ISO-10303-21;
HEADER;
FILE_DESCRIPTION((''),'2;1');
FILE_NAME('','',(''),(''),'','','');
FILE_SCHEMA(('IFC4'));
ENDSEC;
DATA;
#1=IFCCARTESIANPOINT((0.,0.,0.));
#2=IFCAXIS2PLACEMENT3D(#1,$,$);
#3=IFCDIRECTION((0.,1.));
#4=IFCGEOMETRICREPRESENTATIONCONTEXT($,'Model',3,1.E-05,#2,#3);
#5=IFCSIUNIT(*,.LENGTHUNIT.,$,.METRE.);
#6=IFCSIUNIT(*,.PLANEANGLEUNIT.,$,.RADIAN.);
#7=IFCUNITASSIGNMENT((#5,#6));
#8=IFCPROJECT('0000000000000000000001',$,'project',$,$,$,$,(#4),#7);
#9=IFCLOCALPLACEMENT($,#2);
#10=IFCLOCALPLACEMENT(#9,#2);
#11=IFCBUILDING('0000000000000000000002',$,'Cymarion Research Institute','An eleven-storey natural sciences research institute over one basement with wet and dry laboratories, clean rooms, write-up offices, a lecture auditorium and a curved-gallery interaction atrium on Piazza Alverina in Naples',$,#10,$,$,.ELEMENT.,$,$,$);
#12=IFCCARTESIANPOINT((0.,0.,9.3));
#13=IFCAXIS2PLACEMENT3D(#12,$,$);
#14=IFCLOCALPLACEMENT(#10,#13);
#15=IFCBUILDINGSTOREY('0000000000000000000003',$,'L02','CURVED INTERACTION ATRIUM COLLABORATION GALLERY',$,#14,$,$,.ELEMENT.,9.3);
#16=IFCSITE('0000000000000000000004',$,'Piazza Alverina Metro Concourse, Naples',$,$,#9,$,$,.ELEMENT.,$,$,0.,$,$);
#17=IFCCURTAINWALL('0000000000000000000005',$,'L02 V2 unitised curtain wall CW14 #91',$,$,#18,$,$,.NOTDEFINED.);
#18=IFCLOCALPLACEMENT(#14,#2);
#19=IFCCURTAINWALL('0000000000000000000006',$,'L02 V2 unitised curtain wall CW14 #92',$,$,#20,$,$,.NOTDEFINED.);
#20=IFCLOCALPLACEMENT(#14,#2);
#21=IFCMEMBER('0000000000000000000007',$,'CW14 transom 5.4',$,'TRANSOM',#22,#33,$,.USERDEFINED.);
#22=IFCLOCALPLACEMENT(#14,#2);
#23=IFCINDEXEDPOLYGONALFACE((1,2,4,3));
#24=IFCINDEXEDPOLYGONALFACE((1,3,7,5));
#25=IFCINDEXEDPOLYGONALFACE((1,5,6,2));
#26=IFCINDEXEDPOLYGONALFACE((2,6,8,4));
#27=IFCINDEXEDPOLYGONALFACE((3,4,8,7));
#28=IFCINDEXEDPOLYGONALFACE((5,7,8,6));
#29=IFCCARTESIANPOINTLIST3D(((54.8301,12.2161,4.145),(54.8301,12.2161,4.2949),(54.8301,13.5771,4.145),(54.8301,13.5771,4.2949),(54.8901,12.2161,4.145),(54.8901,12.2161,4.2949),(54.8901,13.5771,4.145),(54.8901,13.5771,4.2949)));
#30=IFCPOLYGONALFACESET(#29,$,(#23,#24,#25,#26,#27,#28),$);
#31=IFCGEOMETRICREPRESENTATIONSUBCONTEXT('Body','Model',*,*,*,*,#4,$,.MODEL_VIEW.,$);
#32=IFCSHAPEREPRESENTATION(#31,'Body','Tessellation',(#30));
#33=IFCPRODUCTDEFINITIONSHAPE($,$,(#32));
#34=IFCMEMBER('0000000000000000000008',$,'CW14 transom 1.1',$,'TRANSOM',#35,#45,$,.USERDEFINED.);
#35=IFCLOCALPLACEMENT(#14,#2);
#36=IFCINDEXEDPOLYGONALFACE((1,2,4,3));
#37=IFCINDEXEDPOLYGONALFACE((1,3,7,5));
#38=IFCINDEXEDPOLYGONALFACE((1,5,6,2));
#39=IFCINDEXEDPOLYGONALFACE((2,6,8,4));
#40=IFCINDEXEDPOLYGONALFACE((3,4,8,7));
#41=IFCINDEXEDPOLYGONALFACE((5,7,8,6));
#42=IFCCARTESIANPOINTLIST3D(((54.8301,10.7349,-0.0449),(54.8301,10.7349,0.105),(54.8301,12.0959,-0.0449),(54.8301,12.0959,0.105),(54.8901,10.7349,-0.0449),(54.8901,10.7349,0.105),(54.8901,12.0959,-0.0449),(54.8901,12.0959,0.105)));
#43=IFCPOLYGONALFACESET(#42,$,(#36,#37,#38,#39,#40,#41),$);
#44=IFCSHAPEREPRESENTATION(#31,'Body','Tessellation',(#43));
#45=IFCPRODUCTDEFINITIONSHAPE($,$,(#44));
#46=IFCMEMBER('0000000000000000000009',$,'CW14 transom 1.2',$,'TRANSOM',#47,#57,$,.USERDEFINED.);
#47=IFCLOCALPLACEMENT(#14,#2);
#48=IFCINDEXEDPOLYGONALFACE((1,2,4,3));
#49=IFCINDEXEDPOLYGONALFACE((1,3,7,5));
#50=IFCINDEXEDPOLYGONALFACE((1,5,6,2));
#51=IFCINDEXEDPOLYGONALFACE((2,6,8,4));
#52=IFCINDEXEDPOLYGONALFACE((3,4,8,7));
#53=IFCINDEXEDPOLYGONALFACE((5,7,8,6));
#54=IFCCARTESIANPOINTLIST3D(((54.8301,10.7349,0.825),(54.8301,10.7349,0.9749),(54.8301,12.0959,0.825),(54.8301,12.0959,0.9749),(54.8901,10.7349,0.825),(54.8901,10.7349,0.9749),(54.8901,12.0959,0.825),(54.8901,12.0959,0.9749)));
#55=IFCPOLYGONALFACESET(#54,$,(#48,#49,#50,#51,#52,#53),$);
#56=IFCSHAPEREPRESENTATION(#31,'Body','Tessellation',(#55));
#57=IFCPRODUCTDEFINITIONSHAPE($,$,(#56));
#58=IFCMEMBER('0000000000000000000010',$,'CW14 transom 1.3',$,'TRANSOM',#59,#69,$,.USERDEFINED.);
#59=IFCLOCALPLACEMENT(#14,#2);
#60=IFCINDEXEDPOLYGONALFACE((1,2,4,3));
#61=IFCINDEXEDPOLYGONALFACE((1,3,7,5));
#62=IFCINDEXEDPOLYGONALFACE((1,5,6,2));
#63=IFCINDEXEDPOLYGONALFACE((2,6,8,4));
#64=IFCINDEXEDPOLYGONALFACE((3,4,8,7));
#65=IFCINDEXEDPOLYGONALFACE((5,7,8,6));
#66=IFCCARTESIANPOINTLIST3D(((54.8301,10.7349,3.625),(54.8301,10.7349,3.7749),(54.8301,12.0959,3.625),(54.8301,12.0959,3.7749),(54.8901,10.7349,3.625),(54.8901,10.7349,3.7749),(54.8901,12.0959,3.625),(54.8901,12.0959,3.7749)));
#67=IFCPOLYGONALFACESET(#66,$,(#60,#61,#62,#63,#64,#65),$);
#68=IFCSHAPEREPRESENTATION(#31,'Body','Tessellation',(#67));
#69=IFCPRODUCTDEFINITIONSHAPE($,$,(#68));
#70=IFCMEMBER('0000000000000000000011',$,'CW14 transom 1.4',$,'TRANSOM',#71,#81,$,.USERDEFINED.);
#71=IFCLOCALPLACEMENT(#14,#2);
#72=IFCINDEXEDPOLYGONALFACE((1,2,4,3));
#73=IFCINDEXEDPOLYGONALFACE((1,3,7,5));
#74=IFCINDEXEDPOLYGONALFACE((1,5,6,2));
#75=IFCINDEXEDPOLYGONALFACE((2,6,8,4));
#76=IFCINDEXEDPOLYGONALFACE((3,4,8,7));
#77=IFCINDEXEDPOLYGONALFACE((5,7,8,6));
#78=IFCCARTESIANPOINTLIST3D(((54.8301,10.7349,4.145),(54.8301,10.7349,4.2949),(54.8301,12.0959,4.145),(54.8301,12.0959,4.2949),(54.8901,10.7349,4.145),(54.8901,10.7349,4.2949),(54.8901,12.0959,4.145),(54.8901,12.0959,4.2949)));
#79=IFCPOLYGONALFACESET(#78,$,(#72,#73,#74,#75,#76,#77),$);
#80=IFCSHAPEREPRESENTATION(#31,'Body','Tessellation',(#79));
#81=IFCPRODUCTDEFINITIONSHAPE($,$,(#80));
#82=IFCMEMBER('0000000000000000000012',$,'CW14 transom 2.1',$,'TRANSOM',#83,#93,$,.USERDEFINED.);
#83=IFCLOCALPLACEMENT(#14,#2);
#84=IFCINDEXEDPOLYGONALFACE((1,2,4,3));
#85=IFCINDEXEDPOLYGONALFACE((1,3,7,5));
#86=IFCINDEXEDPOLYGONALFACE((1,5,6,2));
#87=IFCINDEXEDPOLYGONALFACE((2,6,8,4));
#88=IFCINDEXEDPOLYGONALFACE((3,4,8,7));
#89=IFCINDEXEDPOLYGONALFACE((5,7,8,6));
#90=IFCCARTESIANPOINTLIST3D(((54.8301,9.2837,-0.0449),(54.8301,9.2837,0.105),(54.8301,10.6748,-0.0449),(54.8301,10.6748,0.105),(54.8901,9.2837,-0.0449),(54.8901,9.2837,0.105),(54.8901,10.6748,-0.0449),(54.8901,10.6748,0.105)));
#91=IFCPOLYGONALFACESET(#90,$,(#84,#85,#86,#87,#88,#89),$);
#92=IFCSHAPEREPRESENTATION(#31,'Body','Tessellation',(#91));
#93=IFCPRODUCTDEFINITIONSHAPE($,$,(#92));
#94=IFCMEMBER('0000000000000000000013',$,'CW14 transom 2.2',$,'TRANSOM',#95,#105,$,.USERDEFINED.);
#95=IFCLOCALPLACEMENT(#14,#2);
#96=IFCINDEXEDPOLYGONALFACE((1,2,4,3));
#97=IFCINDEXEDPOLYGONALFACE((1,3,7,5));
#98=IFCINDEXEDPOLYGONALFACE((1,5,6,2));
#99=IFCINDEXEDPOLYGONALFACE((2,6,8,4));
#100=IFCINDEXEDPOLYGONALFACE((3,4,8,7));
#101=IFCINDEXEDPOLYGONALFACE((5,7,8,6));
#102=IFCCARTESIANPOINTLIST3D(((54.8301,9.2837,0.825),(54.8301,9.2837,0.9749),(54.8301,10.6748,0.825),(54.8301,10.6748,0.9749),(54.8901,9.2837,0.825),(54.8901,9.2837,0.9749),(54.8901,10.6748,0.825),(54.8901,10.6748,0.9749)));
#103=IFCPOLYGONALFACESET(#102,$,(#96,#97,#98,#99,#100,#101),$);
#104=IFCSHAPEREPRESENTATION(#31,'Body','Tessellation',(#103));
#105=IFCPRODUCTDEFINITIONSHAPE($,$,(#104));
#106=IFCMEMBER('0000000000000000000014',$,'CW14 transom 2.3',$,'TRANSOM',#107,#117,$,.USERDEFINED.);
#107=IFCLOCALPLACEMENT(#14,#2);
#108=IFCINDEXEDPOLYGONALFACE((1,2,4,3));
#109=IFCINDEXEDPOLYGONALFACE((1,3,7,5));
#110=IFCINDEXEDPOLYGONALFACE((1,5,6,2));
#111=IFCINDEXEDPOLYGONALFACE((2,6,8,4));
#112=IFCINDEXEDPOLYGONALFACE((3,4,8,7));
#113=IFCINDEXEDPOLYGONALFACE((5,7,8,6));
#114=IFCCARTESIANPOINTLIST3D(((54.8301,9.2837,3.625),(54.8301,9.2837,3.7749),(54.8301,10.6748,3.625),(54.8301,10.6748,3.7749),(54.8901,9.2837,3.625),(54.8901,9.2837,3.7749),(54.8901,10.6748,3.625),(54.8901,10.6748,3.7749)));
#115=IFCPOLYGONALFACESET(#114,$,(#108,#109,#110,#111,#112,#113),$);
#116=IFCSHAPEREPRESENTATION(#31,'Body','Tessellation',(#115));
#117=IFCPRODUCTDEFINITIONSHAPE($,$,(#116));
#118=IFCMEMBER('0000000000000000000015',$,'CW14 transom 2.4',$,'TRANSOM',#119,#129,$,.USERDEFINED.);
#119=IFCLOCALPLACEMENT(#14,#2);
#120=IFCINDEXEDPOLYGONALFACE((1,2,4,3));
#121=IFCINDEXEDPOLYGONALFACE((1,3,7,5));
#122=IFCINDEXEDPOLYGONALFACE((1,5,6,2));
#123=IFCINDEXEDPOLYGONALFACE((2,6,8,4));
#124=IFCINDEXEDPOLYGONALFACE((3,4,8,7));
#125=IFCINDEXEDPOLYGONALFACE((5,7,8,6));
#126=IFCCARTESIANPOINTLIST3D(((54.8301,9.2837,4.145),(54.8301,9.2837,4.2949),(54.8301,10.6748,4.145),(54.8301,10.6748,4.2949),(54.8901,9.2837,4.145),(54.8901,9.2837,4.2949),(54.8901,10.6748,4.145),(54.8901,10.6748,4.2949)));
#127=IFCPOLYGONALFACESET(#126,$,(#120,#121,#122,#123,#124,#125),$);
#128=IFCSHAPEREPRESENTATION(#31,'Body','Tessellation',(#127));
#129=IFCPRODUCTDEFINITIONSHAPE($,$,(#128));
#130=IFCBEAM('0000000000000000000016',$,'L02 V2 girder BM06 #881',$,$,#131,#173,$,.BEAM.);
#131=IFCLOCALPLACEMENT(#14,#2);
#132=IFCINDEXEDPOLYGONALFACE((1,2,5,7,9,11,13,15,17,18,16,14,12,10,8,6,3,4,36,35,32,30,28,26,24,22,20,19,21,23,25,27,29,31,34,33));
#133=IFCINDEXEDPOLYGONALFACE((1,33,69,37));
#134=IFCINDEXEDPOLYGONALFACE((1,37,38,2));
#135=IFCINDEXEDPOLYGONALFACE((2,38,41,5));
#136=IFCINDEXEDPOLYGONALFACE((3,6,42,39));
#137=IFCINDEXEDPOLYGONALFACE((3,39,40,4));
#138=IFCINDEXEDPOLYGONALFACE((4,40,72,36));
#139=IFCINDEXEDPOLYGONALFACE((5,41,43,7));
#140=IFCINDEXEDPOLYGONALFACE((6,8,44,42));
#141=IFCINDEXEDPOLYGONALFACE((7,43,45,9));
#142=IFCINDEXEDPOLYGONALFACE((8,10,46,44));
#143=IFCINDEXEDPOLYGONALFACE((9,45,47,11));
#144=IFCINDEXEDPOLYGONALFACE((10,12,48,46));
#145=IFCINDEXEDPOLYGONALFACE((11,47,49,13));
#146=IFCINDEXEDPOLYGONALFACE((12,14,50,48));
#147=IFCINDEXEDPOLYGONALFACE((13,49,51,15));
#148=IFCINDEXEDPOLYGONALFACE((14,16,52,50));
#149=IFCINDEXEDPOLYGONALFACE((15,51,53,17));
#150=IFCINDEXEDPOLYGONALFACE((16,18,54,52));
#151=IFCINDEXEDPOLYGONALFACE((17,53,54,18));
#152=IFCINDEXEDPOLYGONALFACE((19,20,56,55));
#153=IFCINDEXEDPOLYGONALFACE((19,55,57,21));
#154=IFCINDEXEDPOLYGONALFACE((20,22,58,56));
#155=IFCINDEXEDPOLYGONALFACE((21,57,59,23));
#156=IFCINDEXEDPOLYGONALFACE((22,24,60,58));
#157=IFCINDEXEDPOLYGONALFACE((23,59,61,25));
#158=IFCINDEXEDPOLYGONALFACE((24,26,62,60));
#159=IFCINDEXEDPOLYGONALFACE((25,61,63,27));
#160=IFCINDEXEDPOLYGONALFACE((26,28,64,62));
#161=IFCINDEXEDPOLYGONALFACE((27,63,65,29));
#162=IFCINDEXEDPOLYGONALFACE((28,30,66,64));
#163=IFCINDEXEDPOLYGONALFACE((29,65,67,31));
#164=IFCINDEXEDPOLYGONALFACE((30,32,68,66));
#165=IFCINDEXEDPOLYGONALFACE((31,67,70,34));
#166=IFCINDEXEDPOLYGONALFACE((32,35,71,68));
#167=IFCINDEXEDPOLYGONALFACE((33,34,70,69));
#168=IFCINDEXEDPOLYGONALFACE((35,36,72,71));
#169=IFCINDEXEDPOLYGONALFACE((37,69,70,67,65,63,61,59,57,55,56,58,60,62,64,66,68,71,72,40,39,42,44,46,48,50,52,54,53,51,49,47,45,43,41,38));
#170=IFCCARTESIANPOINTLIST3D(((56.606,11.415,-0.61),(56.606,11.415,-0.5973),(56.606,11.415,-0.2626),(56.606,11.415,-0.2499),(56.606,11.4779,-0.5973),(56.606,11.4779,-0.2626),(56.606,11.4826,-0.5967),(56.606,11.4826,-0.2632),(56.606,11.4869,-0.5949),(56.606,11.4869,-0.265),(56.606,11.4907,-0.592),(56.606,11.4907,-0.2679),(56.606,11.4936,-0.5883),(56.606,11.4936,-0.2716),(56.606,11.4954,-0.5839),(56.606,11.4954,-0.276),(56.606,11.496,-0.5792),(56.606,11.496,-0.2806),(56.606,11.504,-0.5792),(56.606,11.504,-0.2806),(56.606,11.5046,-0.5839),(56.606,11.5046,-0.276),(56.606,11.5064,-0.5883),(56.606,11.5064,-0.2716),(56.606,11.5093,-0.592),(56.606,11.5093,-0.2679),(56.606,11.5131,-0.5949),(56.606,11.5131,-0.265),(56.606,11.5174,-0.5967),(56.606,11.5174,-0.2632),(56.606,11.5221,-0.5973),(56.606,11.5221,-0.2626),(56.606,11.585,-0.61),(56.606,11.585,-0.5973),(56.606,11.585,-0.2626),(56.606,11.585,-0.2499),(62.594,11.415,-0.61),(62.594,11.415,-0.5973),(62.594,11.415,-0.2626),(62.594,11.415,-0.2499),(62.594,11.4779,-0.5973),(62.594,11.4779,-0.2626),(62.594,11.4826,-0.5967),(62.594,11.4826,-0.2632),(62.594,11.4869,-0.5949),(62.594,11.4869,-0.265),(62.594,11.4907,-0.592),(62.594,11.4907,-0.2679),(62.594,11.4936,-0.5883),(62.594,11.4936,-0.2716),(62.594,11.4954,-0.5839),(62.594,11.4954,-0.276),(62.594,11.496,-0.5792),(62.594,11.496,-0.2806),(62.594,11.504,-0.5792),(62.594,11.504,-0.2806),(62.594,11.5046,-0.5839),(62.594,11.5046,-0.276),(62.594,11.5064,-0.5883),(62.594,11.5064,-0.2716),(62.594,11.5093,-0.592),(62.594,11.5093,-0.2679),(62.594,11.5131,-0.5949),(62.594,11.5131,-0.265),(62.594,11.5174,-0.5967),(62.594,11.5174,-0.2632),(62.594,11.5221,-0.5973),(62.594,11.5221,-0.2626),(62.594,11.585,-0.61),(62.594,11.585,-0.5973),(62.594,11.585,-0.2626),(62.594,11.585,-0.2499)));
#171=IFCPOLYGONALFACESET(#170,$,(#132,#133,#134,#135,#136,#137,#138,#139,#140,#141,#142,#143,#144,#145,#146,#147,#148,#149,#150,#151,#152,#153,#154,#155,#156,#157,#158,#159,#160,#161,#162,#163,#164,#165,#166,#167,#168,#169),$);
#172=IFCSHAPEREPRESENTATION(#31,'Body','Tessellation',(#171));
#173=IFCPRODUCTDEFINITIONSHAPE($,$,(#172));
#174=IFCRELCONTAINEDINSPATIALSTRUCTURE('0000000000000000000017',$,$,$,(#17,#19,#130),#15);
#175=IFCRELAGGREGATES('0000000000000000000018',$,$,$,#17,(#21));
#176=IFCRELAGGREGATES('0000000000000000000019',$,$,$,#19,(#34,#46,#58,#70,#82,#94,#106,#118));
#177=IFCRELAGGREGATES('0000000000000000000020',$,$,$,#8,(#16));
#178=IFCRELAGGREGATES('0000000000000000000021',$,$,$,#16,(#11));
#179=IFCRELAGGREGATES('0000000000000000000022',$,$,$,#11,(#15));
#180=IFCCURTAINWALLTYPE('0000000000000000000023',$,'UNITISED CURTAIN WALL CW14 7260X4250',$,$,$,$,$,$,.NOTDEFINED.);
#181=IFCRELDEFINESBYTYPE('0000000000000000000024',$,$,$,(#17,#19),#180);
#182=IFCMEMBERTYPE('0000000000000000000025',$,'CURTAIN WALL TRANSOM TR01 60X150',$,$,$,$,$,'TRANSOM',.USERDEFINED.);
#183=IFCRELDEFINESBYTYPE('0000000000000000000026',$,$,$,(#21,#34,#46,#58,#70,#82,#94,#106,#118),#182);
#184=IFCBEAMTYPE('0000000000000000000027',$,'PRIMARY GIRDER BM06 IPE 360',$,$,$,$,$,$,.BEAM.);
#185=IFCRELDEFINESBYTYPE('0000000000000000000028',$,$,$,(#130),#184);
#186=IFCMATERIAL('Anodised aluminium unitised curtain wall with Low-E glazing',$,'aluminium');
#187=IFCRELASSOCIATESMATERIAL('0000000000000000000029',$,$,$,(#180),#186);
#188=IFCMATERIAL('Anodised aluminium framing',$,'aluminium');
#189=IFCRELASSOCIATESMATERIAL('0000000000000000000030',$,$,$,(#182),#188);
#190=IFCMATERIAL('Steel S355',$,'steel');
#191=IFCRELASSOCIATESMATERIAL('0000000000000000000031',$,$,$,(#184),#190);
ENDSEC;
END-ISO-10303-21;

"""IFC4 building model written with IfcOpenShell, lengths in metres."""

from ifc_helpers import new_model, si_unit, direction, frame, origin, origin_2d, place, context, subcontext, project, spatial, rectangle, i_section, extrude, material, material_profile, profile_set, type_object, element, aggregate, save


model = new_model("IFC4")

# Units and contexts
model_context = context("Model", 3, precision=1e-05, world=origin(), true_north=direction((0.0, 1.0)))
body_context = subcontext(model_context, "Body", "Model", "MODEL_VIEW")
ifc_project = project(units=[si_unit("LENGTHUNIT", "METRE"), si_unit("PLANEANGLEUNIT", "RADIAN")], contexts=[model_context])

# Site, building, storey
site_placement = place(None, origin())
site = spatial("IfcSite", under=ifc_project, at=site_placement, Name="Piazza Alverina Metro Concourse, Naples", CompositionType="ELEMENT", RefElevation=0.0)
building_placement = place(site_placement, origin())
building = spatial("IfcBuilding", under=site, at=building_placement, Name="Cymarion Research Institute", Description="An eleven-storey natural sciences research institute over one basement with wet and dry laboratories, clean rooms, write-up offices, a lecture auditorium and a curved-gallery interaction atrium on Piazza Alverina in Naples", CompositionType="ELEMENT")
storey_placement = place(building_placement, frame((0.0, 0.0, 9.3)))
storey = spatial("IfcBuildingStorey", under=building, at=storey_placement, Name="L02", Description="CURVED INTERACTION ATRIUM COLLABORATION GALLERY", CompositionType="ELEMENT", Elevation=9.3)

# Shared definitions
ifc_material_1 = material(Name="Steel S355", Category="steel")

# Curtain walls
ifc_material_2 = material(Name="Anodised aluminium unitised curtain wall with Low-E glazing", Category="aluminium")
curtain_wall_type = type_object("IfcCurtainWallType", Name="UNITISED CURTAIN WALL CW14 7260X4250", PredefinedType="NOTDEFINED", material=ifc_material_2)
curtain_wall_1_placement = place(storey_placement, origin())
curtain_wall_1 = element("IfcCurtainWall", 1, at=curtain_wall_1_placement, inside=storey, type_object=curtain_wall_type, Name="L02 V2 unitised curtain wall CW14 #91", PredefinedType="NOTDEFINED")
ifc_material_3 = material(Name="Anodised aluminium framing", Category="aluminium")
curtain_wall_2_placement = place(storey_placement, origin())
curtain_wall_2 = element("IfcCurtainWall", 2, at=curtain_wall_2_placement, inside=storey, type_object=curtain_wall_type, Name="L02 V2 unitised curtain wall CW14 #92", PredefinedType="NOTDEFINED")

# Members
ifc_material_profile_1 = material_profile(ifc_material_3, rectangle(XDim=0.0601, YDim=0.1499, at=origin_2d()), Name="ALU TRANSOM 60x150")
ifc_profile_set_1 = profile_set([ifc_material_profile_1], Name="Anodised aluminium framing")
member_type_1 = type_object("IfcMemberType", Name="CURTAIN WALL TRANSOM TR01 60X150", ElementType="TRANSOM", PredefinedType="USERDEFINED", material=ifc_profile_set_1)
member_1_placement = place(storey_placement, frame((54.8601, 13.5771, 4.22), z_axis=(0.0, -1.0, 0.0), x_axis=(1.0, 0.0, 0.0)))
member_1 = element("IfcMember", 3, at=member_1_placement, type_object=member_type_1, Name="CW14 transom 5.4", ObjectType="TRANSOM", PredefinedType="USERDEFINED", context=body_context, shape_type="SweptSolid", body=[
    extrude(rectangle(XDim=0.0601, YDim=0.1499, at=origin_2d()), origin(), (0.0, 0.0, 1.0), 1.3611),
])
member_2_placement = place(storey_placement, frame((54.8601, 12.0959, 0.03), z_axis=(0.0, -1.0, 0.0), x_axis=(1.0, 0.0, 0.0)))
member_2 = element("IfcMember", 4, at=member_2_placement, type_object=member_type_1, Name="CW14 transom 1.1", ObjectType="TRANSOM", PredefinedType="USERDEFINED", context=body_context, shape_type="SweptSolid", body=[
    extrude(rectangle(XDim=0.0601, YDim=0.1499, at=origin_2d()), origin(), (0.0, 0.0, 1.0), 1.3611),
])
member_3_placement = place(storey_placement, frame((54.8601, 12.0959, 0.8999), z_axis=(0.0, -1.0, 0.0), x_axis=(1.0, 0.0, 0.0)))
member_3 = element("IfcMember", 5, at=member_3_placement, type_object=member_type_1, Name="CW14 transom 1.2", ObjectType="TRANSOM", PredefinedType="USERDEFINED", context=body_context, shape_type="SweptSolid", body=[
    extrude(rectangle(XDim=0.0601, YDim=0.1499, at=origin_2d()), origin(), (0.0, 0.0, 1.0), 1.3611),
])
member_4_placement = place(storey_placement, frame((54.8601, 12.0959, 3.7), z_axis=(0.0, -1.0, 0.0), x_axis=(1.0, 0.0, 0.0)))
member_4 = element("IfcMember", 6, at=member_4_placement, type_object=member_type_1, Name="CW14 transom 1.3", ObjectType="TRANSOM", PredefinedType="USERDEFINED", context=body_context, shape_type="SweptSolid", body=[
    extrude(rectangle(XDim=0.0601, YDim=0.1499, at=origin_2d()), origin(), (0.0, 0.0, 1.0), 1.3611),
])
member_5_placement = place(storey_placement, frame((54.8601, 12.0959, 4.22), z_axis=(0.0, -1.0, 0.0), x_axis=(1.0, 0.0, 0.0)))
member_5 = element("IfcMember", 7, at=member_5_placement, type_object=member_type_1, Name="CW14 transom 1.4", ObjectType="TRANSOM", PredefinedType="USERDEFINED", context=body_context, shape_type="SweptSolid", body=[
    extrude(rectangle(XDim=0.0601, YDim=0.1499, at=origin_2d()), origin(), (0.0, 0.0, 1.0), 1.3611),
])
member_6_placement = place(storey_placement, frame((54.8601, 10.6748, 0.03), z_axis=(0.0, -1.0, 0.0), x_axis=(1.0, 0.0, 0.0)))
member_6 = element("IfcMember", 8, at=member_6_placement, type_object=member_type_1, Name="CW14 transom 2.1", ObjectType="TRANSOM", PredefinedType="USERDEFINED", context=body_context, shape_type="SweptSolid", body=[
    extrude(rectangle(XDim=0.0601, YDim=0.1499, at=origin_2d()), origin(), (0.0, 0.0, 1.0), 1.3911),
])
member_7_placement = place(storey_placement, frame((54.8601, 10.6748, 0.8999), z_axis=(0.0, -1.0, 0.0), x_axis=(1.0, 0.0, 0.0)))
member_7 = element("IfcMember", 9, at=member_7_placement, type_object=member_type_1, Name="CW14 transom 2.2", ObjectType="TRANSOM", PredefinedType="USERDEFINED", context=body_context, shape_type="SweptSolid", body=[
    extrude(rectangle(XDim=0.0601, YDim=0.1499, at=origin_2d()), origin(), (0.0, 0.0, 1.0), 1.3911),
])
member_8_placement = place(storey_placement, frame((54.8601, 10.6748, 3.7), z_axis=(0.0, -1.0, 0.0), x_axis=(1.0, 0.0, 0.0)))
member_8 = element("IfcMember", 10, at=member_8_placement, type_object=member_type_1, Name="CW14 transom 2.3", ObjectType="TRANSOM", PredefinedType="USERDEFINED", context=body_context, shape_type="SweptSolid", body=[
    extrude(rectangle(XDim=0.0601, YDim=0.1499, at=origin_2d()), origin(), (0.0, 0.0, 1.0), 1.3911),
])
member_9_placement = place(storey_placement, frame((54.8601, 10.6748, 4.22), z_axis=(0.0, -1.0, 0.0), x_axis=(1.0, 0.0, 0.0)))
member_9 = element("IfcMember", 11, at=member_9_placement, type_object=member_type_1, Name="CW14 transom 2.4", ObjectType="TRANSOM", PredefinedType="USERDEFINED", context=body_context, shape_type="SweptSolid", body=[
    extrude(rectangle(XDim=0.0601, YDim=0.1499, at=origin_2d()), origin(), (0.0, 0.0, 1.0), 1.3911),
])

# Beam
ifc_material_profile_2 = material_profile(ifc_material_1, i_section(OverallWidth=0.1699, OverallDepth=0.3601, WebThickness=0.0081, FlangeThickness=0.0127, FilletRadius=0.0181, at=origin_2d()), Name="IPE 360")
ifc_profile_set_2 = profile_set([ifc_material_profile_2], Name="Steel S355")
beam_type_1 = type_object("IfcBeamType", Name="PRIMARY GIRDER BM06 IPE 360", PredefinedType="BEAM", material=ifc_profile_set_2)
beam_1_placement = place(storey_placement, frame((56.606, 11.5, -0.4299), z_axis=(1.0, 0.0, 0.0), x_axis=(0.0, 1.0, 0.0)))
element("IfcBeam", 12, at=beam_1_placement, inside=storey, type_object=beam_type_1, Name="L02 V2 girder BM06 #881", PredefinedType="BEAM", context=body_context, shape_type="SweptSolid", body=[
    extrude(i_section(OverallWidth=0.1699, OverallDepth=0.3601, WebThickness=0.0081, FlangeThickness=0.0127, FilletRadius=0.0181, at=origin_2d()), origin(), (0.0, 0.0, 1.0), 5.988),
])

aggregate(curtain_wall_1, [member_1])
aggregate(curtain_wall_2, [member_2, member_3, member_4, member_5, member_6, member_7, member_8, member_9])

save(model, "model.ifc")
